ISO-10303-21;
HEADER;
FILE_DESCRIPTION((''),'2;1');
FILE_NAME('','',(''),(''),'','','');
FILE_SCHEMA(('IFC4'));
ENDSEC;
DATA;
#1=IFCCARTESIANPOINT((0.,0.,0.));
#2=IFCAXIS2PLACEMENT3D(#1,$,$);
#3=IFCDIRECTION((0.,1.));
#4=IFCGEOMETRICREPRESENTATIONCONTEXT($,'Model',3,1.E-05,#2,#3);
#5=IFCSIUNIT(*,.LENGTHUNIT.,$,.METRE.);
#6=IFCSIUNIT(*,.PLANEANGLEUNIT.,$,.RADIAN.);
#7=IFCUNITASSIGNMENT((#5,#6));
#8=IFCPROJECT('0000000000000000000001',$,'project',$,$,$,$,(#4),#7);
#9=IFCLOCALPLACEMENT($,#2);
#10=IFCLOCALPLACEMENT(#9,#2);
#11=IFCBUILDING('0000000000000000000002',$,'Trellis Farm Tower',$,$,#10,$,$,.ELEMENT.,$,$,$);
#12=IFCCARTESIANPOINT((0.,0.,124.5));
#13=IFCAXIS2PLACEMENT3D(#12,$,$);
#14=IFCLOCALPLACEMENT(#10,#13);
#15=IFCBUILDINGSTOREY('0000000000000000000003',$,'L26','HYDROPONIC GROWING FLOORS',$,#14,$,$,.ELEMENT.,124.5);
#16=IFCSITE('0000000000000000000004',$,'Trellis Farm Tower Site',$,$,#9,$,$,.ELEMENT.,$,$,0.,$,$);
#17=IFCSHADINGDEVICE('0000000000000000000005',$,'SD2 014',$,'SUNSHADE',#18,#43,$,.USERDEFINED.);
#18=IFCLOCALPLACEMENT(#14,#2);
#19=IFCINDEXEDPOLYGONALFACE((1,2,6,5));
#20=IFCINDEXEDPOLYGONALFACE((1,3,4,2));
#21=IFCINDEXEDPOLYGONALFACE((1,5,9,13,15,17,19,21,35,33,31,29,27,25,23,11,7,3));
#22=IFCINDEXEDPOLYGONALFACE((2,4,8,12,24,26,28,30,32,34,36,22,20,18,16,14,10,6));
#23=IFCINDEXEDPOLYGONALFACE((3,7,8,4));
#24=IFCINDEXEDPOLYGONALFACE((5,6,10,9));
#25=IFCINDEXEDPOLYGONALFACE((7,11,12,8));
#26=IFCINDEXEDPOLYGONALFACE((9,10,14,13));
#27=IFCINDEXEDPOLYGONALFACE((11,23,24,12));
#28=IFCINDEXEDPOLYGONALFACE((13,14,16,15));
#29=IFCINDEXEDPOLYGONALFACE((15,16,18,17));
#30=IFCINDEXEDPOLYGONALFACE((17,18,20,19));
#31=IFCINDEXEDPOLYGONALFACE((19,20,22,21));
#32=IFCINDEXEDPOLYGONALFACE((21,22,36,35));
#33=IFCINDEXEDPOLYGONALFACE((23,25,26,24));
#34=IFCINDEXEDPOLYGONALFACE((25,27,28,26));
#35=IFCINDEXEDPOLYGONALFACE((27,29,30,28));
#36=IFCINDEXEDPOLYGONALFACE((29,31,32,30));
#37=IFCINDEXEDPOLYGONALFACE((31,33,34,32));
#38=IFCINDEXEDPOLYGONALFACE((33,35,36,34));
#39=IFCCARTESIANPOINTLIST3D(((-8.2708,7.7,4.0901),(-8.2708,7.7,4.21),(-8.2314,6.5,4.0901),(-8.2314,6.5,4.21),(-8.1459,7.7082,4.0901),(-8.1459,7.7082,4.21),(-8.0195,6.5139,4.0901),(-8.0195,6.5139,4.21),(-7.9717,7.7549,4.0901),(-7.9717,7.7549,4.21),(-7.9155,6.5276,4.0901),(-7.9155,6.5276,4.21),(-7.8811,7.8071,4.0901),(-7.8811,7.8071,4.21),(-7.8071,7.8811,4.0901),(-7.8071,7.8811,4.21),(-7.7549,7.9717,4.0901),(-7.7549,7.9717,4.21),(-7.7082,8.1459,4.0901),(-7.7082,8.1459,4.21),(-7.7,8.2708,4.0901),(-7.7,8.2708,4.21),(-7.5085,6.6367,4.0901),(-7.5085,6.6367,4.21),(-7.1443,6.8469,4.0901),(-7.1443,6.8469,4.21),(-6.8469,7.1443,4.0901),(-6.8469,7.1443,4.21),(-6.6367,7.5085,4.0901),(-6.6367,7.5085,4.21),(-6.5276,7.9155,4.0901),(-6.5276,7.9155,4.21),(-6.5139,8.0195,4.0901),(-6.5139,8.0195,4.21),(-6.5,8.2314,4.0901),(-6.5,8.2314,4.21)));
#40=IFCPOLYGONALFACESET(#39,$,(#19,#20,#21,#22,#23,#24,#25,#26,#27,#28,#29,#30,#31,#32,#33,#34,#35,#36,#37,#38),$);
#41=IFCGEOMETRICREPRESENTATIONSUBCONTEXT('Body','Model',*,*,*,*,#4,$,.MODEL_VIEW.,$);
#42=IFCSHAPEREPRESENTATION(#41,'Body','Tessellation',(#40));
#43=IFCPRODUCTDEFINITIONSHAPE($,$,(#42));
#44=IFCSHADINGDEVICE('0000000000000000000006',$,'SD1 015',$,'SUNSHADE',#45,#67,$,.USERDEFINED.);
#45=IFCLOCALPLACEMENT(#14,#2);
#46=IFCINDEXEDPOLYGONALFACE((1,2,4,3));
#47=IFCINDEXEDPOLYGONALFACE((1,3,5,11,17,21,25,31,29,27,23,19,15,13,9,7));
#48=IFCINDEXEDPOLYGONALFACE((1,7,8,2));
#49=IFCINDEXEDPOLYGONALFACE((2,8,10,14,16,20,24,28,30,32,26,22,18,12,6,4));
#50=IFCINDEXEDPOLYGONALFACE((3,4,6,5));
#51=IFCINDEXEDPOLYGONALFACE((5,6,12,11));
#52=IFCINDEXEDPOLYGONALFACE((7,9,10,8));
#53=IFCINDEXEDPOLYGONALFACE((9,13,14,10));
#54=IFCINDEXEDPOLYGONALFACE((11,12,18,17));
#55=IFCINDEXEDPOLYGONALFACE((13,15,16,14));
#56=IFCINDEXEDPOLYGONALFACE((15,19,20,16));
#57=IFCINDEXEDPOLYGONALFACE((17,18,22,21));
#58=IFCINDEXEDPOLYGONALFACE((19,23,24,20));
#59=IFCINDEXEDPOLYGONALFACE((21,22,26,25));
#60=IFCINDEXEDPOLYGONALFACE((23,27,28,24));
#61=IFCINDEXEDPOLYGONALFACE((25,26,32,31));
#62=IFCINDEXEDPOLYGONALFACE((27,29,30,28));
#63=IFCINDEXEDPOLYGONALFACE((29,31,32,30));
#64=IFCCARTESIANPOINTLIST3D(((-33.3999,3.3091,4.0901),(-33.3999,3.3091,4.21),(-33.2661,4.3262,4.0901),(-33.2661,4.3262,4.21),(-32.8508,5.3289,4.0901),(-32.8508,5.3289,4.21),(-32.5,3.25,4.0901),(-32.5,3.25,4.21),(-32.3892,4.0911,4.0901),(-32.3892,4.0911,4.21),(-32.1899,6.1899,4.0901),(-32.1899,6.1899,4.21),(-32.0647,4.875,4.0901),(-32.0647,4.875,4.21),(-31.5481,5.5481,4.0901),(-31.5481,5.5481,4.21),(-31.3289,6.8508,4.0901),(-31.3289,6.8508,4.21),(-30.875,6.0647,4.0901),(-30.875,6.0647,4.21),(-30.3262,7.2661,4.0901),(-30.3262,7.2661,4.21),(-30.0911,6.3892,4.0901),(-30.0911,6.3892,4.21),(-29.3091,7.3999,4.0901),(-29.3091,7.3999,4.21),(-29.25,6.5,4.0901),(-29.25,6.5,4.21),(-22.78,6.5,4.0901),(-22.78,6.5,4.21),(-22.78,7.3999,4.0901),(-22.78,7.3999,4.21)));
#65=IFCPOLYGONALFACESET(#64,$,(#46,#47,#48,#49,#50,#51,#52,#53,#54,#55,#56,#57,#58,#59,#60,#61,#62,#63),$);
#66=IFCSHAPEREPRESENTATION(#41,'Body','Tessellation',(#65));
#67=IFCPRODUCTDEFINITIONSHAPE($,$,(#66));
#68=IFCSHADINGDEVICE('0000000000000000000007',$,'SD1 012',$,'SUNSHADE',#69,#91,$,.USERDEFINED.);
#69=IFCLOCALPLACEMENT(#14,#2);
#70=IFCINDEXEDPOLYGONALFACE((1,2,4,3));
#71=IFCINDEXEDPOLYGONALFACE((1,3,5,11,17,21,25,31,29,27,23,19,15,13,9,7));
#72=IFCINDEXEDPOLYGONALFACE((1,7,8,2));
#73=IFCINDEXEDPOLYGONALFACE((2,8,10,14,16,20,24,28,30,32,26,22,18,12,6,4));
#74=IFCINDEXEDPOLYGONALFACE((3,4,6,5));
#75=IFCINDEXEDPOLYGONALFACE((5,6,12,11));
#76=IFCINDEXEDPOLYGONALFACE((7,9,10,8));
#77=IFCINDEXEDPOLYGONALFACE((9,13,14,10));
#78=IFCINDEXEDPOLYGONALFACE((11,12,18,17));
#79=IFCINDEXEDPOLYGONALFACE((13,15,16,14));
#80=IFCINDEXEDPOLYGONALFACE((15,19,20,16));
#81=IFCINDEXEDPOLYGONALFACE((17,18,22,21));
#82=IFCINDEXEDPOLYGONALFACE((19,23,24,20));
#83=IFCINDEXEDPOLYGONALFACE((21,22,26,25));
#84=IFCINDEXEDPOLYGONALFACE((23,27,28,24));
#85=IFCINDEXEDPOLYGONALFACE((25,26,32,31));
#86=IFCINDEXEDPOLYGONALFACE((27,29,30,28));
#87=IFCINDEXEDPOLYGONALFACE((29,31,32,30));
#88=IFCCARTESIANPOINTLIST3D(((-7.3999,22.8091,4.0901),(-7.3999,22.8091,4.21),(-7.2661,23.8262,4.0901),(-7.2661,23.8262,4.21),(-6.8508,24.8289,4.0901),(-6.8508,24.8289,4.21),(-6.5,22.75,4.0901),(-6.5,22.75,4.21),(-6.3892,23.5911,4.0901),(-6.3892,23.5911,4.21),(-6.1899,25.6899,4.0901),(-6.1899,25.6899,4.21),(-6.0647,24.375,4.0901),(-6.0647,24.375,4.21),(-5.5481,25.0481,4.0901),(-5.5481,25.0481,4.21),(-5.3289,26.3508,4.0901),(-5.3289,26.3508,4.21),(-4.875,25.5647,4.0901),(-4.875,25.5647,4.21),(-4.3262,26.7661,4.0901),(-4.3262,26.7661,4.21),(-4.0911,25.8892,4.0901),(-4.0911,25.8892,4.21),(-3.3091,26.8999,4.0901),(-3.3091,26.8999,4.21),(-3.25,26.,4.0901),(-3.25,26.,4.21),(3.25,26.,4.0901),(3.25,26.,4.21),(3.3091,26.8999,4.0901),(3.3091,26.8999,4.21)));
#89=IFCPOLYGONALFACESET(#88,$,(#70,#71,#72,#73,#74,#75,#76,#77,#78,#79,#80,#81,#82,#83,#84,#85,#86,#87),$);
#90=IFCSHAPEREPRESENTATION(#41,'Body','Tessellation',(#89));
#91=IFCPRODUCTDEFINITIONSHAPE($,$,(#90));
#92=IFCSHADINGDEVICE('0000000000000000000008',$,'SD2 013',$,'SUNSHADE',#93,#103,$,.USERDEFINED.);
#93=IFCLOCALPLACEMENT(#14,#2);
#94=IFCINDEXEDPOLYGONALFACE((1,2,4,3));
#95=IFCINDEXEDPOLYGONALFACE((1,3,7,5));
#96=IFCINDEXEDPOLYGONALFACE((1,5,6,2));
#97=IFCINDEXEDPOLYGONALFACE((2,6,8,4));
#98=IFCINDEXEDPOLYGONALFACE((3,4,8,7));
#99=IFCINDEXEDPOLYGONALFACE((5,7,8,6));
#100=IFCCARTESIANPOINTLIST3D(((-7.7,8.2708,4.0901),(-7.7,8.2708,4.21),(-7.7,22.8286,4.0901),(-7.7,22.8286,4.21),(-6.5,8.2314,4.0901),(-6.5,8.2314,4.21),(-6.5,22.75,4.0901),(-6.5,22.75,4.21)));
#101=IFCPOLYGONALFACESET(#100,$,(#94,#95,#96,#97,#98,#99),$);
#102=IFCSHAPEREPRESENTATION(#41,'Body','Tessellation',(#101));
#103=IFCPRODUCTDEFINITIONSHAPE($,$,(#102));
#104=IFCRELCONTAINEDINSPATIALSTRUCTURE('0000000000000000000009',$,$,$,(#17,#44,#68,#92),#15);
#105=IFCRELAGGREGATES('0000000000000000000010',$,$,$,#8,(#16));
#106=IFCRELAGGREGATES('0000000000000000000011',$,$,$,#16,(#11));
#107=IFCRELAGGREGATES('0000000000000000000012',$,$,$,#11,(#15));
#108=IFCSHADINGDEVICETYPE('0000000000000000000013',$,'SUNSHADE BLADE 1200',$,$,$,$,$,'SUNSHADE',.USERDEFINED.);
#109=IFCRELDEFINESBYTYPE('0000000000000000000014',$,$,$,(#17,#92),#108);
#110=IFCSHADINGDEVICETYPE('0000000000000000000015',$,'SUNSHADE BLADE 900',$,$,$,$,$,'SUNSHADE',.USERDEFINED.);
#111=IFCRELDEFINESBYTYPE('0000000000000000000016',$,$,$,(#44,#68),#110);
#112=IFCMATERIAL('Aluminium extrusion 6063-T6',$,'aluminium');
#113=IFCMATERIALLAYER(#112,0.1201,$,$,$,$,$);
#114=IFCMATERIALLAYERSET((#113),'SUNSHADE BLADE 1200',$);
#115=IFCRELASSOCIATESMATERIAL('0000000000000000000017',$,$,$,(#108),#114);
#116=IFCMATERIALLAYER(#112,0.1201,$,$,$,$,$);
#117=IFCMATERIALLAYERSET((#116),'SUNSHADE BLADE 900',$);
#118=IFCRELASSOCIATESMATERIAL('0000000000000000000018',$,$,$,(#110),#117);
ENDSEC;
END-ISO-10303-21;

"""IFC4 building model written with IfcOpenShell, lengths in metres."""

from ifc_helpers import new_model, si_unit, direction, frame, origin, place, context, subcontext, project, spatial, polyline, outline, extrude, source, transform, mapped, material, layer, layer_set, type_object, element, save


model = new_model("IFC4")

# Units and contexts
model_context = context("Model", 3, precision=1e-05, world=origin(), true_north=direction((0.0, 1.0)))
body_context = subcontext(model_context, "Body", "Model", "MODEL_VIEW")
ifc_project = project(units=[si_unit("LENGTHUNIT", "METRE"), si_unit("PLANEANGLEUNIT", "RADIAN")], contexts=[model_context])

# Site, building, storey
site_placement = place(None, origin())
site = spatial("IfcSite", under=ifc_project, at=site_placement, Name="Trellis Farm Tower Site", CompositionType="ELEMENT", RefElevation=0.0)
building_placement = place(site_placement, origin())
building = spatial("IfcBuilding", under=site, at=building_placement, Name="Trellis Farm Tower", CompositionType="ELEMENT")
storey_placement = place(building_placement, frame((0.0, 0.0, 124.5)))
storey = spatial("IfcBuildingStorey", under=building, at=storey_placement, Name="L26", Description="HYDROPONIC GROWING FLOORS", CompositionType="ELEMENT", Elevation=124.5)

# Shared definitions
ifc_material_1 = material(Name="Aluminium extrusion 6063-T6", Category="aluminium")

# Shading devices
ifc_layer_1 = layer(ifc_material_1, 0.1201)
ifc_layer_set_1 = layer_set([ifc_layer_1], Name="SUNSHADE BLADE 1200")
shading_device_type_1 = type_object("IfcShadingDeviceType", Name="SUNSHADE BLADE 1200", ElementType="SUNSHADE", PredefinedType="USERDEFINED", material=ifc_layer_set_1)
shared_shape_1 = source(origin(), body_context, "Body", "SweptSolid", [
    extrude(outline(polyline([(-7.7, 8.2708), (-7.7087, 8.1372), (-7.707, 8.1501), (-7.7549, 7.9717), (-7.8071, 7.8811), (-7.8811, 7.8071), (-7.9717, 7.7549), (-8.1501, 7.707), (-8.1372, 7.7087), (-8.2708, 7.7), (-8.2314, 6.5), (-8.0195, 6.5139), (-7.9155, 6.5276), (-7.5085, 6.6367), (-7.1443, 6.8469), (-6.8469, 7.1443), (-6.6367, 7.5085), (-6.5276, 7.9155), (-6.5139, 8.0195), (-6.5, 8.2314), (-7.7, 8.2708)])), origin(), (0.0, 0.0, 1.0), 0.1199),
])
placement_1 = place(storey_placement, frame((0.0, 0.0, 4.0901)))
element("IfcShadingDevice", 1, at=placement_1, inside=storey, type_object=shading_device_type_1, Name="SD2 014", ObjectType="SUNSHADE", PredefinedType="USERDEFINED", context=body_context, shape_type="MappedRepresentation", body=[
    mapped(shared_shape_1, transform((0.0, 0.0, 0.0))),
])
ifc_layer_2 = layer(ifc_material_1, 0.1201)
ifc_layer_set_2 = layer_set([ifc_layer_2], Name="SUNSHADE BLADE 900")
shading_device_type_2 = type_object("IfcShadingDeviceType", Name="SUNSHADE BLADE 900", ElementType="SUNSHADE", PredefinedType="USERDEFINED", material=ifc_layer_set_2)
shared_shape_2 = source(origin(), body_context, "Body", "SweptSolid", [
    extrude(outline(polyline([(-22.78, 7.3999), (-29.3091, 7.3999), (-30.3262, 7.2661), (-31.3289, 6.8508), (-32.1899, 6.1899), (-32.8508, 5.3289), (-33.2661, 4.3262), (-33.3999, 3.3091), (-32.5, 3.25), (-32.3892, 4.0911), (-32.0647, 4.875), (-31.5481, 5.5481), (-30.875, 6.0647), (-30.0911, 6.3892), (-29.25, 6.5), (-22.78, 6.5), (-22.78, 7.3999)])), origin(), (0.0, 0.0, 1.0), 0.1199),
])
element("IfcShadingDevice", 2, at=placement_1, inside=storey, type_object=shading_device_type_2, Name="SD1 015", ObjectType="SUNSHADE", PredefinedType="USERDEFINED", context=body_context, shape_type="MappedRepresentation", body=[
    mapped(shared_shape_2, transform((0.0, 0.0, 0.0))),
])
shared_shape_3 = source(origin(), body_context, "Body", "SweptSolid", [
    extrude(outline(polyline([(3.3091, 26.8999), (-3.3091, 26.8999), (-4.3262, 26.7661), (-5.3289, 26.3508), (-6.1899, 25.6899), (-6.8508, 24.8289), (-7.2661, 23.8262), (-7.3999, 22.8091), (-6.5, 22.75), (-6.3892, 23.5911), (-6.0647, 24.375), (-5.5481, 25.0481), (-4.875, 25.5647), (-4.0911, 25.8892), (-3.25, 26.0), (3.25, 26.0), (3.3091, 26.8999)])), origin(), (0.0, 0.0, 1.0), 0.1199),
])
element("IfcShadingDevice", 3, at=placement_1, inside=storey, type_object=shading_device_type_2, Name="SD1 012", ObjectType="SUNSHADE", PredefinedType="USERDEFINED", context=body_context, shape_type="MappedRepresentation", body=[
    mapped(shared_shape_3, transform((0.0, 0.0, 0.0))),
])
shared_shape_4 = source(origin(), body_context, "Body", "SweptSolid", [
    extrude(outline(polyline([(-7.7, 22.8286), (-7.7, 8.2708), (-6.5, 8.2314), (-6.5, 22.75), (-7.7, 22.8286)])), origin(), (0.0, 0.0, 1.0), 0.1199),
])
element("IfcShadingDevice", 4, at=placement_1, inside=storey, type_object=shading_device_type_1, Name="SD2 013", ObjectType="SUNSHADE", PredefinedType="USERDEFINED", context=body_context, shape_type="MappedRepresentation", body=[
    mapped(shared_shape_4, transform((0.0, 0.0, 0.0))),
])

save(model, "model.ifc")
